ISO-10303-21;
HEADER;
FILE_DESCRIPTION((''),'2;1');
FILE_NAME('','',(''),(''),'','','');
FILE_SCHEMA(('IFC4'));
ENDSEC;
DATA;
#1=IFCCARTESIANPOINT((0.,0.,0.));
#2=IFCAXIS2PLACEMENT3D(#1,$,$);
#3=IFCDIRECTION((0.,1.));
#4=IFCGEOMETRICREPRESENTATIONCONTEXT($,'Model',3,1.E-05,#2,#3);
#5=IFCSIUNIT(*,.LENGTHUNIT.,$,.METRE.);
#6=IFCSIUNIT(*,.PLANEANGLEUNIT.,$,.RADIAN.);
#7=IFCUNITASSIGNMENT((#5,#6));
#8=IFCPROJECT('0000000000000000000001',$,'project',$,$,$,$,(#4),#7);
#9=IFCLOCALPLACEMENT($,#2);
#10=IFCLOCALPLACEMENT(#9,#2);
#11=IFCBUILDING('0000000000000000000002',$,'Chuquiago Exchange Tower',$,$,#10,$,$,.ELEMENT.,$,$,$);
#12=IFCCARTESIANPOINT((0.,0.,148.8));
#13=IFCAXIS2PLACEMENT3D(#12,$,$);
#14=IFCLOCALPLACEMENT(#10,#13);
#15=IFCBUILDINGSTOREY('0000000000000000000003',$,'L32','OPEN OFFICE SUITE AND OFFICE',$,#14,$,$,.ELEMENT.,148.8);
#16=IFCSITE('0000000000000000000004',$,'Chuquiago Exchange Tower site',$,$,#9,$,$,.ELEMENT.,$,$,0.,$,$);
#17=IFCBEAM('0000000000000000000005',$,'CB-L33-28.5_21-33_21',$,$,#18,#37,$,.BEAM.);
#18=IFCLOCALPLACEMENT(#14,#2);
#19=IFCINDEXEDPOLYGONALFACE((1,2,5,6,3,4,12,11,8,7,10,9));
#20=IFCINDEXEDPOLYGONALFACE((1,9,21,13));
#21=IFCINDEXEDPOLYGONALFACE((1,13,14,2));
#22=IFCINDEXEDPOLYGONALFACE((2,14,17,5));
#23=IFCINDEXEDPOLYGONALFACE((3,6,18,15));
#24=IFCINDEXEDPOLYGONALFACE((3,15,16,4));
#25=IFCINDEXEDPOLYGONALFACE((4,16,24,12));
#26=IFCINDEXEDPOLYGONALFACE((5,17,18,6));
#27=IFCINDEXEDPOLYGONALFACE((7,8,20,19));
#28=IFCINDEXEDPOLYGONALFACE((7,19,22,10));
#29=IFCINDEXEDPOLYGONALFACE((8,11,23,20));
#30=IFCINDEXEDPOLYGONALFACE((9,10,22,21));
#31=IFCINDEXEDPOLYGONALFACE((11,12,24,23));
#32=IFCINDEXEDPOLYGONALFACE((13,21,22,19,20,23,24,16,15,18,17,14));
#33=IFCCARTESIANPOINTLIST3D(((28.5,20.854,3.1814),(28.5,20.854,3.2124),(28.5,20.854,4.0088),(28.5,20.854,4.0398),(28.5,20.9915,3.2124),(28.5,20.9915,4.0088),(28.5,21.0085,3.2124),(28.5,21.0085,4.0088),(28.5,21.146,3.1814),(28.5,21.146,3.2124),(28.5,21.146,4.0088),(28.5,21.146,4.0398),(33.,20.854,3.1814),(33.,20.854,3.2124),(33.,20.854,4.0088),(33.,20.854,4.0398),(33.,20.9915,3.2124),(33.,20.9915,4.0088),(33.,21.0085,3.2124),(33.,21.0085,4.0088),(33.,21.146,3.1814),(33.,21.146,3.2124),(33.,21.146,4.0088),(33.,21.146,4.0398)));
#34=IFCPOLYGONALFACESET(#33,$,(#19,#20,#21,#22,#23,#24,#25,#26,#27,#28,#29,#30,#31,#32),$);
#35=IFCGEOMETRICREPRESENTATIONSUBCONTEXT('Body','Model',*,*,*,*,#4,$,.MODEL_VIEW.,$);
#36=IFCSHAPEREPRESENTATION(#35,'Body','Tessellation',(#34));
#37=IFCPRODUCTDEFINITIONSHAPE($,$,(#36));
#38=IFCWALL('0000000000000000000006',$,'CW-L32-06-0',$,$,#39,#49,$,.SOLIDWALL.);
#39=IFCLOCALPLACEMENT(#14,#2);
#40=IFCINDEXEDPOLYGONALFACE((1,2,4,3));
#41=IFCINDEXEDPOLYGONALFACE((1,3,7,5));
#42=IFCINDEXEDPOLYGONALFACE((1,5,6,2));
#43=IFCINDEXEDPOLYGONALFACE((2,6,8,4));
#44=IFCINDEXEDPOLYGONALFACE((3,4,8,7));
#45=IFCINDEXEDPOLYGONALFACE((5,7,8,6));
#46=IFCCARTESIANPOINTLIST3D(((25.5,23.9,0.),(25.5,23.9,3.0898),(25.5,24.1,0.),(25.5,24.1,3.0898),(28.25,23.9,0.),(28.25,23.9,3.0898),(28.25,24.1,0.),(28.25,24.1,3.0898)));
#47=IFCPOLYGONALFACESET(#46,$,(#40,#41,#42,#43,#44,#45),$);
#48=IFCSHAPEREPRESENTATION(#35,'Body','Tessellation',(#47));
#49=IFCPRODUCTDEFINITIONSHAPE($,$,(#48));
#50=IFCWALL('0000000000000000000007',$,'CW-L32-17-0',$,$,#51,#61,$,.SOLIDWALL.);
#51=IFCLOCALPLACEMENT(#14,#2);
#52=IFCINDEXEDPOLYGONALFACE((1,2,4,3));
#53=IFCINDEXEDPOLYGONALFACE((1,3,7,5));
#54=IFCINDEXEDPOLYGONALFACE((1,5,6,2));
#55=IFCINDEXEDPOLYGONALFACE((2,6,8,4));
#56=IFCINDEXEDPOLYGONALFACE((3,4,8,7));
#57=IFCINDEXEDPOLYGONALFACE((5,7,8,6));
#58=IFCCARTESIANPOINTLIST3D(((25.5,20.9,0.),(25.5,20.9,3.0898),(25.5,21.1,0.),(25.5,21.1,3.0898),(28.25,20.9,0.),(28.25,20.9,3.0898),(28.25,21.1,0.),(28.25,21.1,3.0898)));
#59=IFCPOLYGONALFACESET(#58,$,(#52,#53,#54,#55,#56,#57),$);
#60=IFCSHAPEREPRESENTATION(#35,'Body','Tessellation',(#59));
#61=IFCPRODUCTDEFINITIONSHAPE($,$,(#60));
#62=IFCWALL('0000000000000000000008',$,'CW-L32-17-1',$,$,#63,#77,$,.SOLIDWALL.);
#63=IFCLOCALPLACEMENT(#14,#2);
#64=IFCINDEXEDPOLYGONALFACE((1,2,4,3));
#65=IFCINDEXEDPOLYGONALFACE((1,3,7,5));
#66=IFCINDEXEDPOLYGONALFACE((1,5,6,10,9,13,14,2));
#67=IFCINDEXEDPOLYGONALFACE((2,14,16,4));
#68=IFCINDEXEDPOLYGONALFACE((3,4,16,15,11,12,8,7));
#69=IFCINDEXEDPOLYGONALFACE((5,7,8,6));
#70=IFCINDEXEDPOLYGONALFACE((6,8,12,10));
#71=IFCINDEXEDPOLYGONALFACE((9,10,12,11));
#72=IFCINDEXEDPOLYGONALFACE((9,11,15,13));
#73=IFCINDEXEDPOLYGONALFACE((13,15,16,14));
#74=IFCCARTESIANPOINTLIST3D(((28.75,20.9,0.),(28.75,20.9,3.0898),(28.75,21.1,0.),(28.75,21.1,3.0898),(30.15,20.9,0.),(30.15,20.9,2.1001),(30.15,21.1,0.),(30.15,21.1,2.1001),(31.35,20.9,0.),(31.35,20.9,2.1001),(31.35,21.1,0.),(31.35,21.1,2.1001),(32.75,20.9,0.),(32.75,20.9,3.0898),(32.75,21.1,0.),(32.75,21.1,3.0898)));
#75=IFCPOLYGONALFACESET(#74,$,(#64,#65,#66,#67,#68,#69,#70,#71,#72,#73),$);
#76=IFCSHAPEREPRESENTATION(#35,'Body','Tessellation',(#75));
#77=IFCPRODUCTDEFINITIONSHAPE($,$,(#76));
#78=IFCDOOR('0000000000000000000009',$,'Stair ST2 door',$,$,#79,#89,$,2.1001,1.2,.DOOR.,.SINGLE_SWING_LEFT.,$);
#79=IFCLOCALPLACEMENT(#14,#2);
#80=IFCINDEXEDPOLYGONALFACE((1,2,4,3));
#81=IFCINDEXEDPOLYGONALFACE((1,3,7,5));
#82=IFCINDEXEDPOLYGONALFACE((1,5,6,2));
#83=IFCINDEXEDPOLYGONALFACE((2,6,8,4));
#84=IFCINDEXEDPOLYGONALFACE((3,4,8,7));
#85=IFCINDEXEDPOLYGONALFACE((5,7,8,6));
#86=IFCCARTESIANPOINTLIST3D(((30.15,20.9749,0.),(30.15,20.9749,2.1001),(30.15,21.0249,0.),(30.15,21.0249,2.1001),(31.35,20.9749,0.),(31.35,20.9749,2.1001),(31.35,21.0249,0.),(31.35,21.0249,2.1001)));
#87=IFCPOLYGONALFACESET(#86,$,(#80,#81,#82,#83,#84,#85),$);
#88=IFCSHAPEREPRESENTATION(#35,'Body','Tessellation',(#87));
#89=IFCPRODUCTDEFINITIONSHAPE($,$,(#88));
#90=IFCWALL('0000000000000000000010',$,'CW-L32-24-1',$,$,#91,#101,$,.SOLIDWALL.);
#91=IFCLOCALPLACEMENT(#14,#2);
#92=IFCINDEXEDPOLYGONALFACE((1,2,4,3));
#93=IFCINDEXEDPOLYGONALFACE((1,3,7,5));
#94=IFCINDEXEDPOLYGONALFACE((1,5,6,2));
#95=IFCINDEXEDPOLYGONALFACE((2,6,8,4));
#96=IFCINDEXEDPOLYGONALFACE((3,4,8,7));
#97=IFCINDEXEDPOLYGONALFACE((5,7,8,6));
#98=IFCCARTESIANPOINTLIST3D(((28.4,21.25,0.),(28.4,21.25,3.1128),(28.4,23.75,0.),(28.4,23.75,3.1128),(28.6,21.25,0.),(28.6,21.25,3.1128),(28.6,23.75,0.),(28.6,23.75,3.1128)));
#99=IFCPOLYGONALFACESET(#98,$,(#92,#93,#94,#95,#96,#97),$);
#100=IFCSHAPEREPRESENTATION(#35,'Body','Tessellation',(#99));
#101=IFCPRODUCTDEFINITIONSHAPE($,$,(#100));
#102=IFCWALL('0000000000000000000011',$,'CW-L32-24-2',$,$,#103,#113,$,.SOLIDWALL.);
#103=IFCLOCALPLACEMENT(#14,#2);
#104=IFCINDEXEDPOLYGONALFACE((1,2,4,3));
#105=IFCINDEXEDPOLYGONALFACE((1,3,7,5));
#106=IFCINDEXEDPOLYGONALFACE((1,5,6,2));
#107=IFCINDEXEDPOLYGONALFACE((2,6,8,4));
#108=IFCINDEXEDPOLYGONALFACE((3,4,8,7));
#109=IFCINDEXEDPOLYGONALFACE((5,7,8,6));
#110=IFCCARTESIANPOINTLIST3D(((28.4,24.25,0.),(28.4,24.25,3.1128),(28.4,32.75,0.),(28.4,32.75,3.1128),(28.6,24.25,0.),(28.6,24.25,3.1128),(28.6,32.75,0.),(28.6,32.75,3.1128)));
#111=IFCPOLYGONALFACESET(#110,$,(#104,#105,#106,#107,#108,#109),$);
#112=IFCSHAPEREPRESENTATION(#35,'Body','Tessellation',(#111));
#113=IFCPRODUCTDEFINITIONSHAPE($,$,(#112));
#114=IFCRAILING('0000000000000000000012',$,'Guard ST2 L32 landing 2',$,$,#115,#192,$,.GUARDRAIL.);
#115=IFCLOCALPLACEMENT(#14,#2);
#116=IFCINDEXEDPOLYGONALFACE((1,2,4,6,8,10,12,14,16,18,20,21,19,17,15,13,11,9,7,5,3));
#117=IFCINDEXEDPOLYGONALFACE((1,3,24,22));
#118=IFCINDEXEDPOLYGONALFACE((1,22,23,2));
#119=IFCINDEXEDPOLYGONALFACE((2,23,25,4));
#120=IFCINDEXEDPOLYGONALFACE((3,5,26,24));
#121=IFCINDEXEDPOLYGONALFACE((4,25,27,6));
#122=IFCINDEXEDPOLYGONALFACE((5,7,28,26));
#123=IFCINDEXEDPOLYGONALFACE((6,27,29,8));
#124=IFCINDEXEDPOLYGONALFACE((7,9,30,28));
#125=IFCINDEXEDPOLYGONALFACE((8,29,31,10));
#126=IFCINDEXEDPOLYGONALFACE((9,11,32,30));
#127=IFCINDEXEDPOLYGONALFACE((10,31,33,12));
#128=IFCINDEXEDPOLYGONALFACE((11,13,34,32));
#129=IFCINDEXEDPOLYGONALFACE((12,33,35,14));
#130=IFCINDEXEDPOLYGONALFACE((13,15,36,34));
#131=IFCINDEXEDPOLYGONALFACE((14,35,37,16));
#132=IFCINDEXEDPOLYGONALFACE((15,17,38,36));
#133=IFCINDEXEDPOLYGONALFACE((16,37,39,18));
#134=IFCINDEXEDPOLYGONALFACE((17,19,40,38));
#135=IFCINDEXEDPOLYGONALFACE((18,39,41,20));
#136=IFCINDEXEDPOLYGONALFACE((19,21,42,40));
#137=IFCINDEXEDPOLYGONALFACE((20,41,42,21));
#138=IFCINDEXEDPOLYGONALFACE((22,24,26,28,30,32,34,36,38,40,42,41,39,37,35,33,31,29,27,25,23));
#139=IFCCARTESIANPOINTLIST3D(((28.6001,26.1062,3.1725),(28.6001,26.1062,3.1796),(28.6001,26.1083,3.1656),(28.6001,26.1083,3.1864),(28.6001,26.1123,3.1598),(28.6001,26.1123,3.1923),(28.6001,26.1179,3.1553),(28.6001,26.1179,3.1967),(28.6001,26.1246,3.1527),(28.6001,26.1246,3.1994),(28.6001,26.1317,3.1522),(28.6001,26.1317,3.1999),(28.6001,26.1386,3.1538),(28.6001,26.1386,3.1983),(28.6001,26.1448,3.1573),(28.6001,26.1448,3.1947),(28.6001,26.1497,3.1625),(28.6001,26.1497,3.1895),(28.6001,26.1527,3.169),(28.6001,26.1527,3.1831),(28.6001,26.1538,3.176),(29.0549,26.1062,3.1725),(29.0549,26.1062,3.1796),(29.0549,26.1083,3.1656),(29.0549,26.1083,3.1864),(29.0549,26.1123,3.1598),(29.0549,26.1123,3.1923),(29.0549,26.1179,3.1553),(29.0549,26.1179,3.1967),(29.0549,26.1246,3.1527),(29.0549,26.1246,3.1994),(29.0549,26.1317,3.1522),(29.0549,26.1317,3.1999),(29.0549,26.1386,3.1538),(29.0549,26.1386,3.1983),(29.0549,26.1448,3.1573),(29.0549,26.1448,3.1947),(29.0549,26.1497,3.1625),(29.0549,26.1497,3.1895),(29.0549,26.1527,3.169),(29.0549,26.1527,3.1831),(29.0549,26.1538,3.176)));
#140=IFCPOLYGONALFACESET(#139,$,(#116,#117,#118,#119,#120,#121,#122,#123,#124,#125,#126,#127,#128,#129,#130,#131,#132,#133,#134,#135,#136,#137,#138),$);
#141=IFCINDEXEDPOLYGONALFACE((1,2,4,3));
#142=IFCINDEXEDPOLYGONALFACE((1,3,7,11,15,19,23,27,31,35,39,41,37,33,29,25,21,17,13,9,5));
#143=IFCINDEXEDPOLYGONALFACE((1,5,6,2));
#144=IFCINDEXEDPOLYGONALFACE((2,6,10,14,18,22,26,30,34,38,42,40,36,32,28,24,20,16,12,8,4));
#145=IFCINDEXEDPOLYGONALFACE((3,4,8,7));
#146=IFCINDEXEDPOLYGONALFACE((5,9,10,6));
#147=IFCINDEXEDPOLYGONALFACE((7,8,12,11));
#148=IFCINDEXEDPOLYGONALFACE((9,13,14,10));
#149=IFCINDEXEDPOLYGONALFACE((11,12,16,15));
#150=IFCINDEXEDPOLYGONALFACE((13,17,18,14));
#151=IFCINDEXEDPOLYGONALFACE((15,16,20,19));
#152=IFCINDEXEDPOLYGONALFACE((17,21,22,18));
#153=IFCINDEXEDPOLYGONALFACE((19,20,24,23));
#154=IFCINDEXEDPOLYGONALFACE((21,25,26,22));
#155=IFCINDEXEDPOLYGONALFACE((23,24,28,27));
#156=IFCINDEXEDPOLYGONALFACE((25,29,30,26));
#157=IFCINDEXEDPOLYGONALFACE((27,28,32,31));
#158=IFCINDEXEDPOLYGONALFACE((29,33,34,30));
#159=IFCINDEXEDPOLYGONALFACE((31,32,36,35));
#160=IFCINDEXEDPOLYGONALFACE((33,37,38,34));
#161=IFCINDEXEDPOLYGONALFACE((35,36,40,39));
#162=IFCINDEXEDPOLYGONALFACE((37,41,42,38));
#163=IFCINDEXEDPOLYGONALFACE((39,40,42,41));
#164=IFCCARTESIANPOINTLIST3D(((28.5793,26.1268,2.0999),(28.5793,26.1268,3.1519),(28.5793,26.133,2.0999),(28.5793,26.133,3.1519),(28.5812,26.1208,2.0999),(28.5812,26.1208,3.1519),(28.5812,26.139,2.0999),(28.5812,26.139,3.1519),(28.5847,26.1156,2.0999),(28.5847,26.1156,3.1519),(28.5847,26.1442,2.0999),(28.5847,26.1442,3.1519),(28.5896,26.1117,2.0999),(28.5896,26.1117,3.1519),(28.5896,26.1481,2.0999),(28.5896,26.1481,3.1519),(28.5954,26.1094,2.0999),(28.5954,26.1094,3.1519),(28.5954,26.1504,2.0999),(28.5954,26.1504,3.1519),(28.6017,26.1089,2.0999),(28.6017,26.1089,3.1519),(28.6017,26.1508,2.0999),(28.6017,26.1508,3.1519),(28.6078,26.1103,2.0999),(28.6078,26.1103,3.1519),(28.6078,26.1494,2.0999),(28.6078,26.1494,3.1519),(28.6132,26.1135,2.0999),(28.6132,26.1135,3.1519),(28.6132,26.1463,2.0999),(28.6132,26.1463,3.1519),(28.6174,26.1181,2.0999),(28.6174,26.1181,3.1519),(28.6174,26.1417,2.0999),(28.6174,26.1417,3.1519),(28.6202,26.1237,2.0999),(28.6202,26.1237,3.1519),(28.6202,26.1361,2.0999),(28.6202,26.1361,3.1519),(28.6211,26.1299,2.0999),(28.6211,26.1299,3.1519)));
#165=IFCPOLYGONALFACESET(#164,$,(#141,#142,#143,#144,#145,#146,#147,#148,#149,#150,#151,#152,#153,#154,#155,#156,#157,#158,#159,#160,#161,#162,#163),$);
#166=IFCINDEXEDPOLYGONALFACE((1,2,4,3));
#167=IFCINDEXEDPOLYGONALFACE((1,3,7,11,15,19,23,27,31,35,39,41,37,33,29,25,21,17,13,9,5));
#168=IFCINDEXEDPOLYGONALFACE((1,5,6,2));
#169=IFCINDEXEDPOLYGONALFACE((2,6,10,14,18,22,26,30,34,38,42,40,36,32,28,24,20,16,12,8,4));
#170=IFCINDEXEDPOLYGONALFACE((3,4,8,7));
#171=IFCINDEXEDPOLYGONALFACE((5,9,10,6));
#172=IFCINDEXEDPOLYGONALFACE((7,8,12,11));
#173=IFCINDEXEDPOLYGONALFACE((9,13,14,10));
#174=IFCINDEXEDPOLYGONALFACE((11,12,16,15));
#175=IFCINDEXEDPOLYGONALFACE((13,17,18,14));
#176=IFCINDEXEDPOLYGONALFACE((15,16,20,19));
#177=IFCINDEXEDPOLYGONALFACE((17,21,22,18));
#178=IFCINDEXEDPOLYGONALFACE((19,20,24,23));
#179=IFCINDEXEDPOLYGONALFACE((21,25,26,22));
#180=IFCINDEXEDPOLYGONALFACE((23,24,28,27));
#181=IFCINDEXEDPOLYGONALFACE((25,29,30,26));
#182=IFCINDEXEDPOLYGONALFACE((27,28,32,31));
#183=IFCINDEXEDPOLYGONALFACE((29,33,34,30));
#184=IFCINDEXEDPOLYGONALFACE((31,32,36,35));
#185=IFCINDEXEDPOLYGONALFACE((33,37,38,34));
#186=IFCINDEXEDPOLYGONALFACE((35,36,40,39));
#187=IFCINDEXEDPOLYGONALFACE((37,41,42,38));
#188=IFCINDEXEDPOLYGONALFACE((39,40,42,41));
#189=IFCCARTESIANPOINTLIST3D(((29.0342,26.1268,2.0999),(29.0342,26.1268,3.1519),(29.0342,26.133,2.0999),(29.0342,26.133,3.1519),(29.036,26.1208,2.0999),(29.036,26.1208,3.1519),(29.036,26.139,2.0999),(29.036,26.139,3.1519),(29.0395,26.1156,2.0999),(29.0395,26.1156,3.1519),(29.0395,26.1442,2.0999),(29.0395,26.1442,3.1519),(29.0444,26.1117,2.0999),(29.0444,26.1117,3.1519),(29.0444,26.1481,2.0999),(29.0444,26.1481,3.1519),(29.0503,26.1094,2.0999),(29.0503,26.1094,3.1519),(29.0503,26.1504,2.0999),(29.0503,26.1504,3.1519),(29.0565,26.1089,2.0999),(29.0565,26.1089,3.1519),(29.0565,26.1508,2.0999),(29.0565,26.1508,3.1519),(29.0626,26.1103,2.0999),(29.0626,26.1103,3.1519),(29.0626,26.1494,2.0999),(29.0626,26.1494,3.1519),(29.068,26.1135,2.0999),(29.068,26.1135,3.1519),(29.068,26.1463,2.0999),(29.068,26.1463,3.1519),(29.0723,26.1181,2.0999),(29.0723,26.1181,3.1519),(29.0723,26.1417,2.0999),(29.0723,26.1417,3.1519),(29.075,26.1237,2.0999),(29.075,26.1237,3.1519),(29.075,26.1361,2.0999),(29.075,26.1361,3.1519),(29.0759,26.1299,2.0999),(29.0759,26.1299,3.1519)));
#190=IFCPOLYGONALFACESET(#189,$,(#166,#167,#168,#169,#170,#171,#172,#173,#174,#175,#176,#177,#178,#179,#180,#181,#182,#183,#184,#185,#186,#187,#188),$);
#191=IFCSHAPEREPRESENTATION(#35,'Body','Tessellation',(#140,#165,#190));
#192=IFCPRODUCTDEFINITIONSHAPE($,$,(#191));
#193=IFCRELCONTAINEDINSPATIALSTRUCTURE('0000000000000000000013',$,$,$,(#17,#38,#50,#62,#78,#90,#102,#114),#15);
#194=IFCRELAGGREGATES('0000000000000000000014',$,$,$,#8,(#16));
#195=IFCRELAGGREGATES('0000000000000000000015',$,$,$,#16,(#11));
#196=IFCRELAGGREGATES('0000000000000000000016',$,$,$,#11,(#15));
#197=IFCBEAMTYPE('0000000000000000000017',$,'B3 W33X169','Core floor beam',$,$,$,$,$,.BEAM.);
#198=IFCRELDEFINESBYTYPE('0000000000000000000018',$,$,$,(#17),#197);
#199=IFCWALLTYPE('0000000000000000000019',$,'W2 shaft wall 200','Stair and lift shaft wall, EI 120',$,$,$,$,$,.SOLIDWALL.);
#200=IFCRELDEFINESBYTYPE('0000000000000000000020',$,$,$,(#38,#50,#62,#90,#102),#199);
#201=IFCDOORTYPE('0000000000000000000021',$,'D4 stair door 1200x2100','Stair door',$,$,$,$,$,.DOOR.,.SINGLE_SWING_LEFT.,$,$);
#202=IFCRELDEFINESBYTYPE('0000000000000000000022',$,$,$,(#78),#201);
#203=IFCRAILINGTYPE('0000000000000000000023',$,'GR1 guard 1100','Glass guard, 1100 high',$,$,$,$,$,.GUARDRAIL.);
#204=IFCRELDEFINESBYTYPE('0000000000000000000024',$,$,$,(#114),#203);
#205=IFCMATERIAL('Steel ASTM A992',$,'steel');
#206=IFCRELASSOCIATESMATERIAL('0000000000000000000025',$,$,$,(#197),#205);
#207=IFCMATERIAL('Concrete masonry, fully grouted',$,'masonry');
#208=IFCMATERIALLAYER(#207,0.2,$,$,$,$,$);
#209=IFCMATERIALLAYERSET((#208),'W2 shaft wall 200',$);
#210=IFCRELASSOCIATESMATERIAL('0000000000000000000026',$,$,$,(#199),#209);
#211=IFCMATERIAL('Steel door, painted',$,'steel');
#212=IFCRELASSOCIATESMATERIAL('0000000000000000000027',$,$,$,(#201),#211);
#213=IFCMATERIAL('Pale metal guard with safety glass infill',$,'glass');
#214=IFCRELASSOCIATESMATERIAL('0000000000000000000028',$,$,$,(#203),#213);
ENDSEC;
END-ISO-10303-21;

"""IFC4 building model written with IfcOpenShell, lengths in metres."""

from ifc_helpers import new_model, si_unit, direction, frame, frame_2d, origin, origin_2d, place, context, subcontext, project, spatial, rectangle, circle, i_section, extrude, material, layer, layer_set, material_profile, profile_set, type_object, element, fill, save


model = new_model("IFC4")

# Units and contexts
model_context = context("Model", 3, precision=1e-05, world=origin(), true_north=direction((0.0, 1.0)))
body_context = subcontext(model_context, "Body", "Model", "MODEL_VIEW")
ifc_project = project(units=[si_unit("LENGTHUNIT", "METRE"), si_unit("PLANEANGLEUNIT", "RADIAN")], contexts=[model_context])

# Site, building, storey
site_placement = place(None, origin())
site = spatial("IfcSite", under=ifc_project, at=site_placement, Name="Chuquiago Exchange Tower site", CompositionType="ELEMENT", RefElevation=0.0)
building_placement = place(site_placement, origin())
building = spatial("IfcBuilding", under=site, at=building_placement, Name="Chuquiago Exchange Tower", CompositionType="ELEMENT")
storey_placement = place(building_placement, frame((0.0, 0.0, 148.8)))
storey = spatial("IfcBuildingStorey", under=building, at=storey_placement, Name="L32", Description="OPEN OFFICE SUITE AND OFFICE", CompositionType="ELEMENT", Elevation=148.8)

# Beam
ifc_material_1 = material(Name="Steel ASTM A992", Category="steel")
ifc_material_profile_1 = material_profile(ifc_material_1, i_section(OverallWidth=0.292, OverallDepth=0.8584, WebThickness=0.0171, FlangeThickness=0.031, at=origin_2d()), Name="W33X169")
ifc_profile_set_1 = profile_set([ifc_material_profile_1], Name="Steel ASTM A992")
beam_type_1 = type_object("IfcBeamType", Name="B3 W33X169", Description="Core floor beam", PredefinedType="BEAM", material=ifc_profile_set_1)
beam_1_placement = place(storey_placement, frame((28.5, 21.0, 3.6106), z_axis=(1.0, 0.0, 0.0), x_axis=(0.0, 1.0, 0.0)))
element("IfcBeam", 1, at=beam_1_placement, inside=storey, type_object=beam_type_1, Name="CB-L33-28.5_21-33_21", PredefinedType="BEAM", context=body_context, shape_type="SweptSolid", body=[
    extrude(i_section(OverallWidth=0.292, OverallDepth=0.8584, WebThickness=0.0171, FlangeThickness=0.031, at=origin_2d()), origin(), (0.0, 0.0, 1.0), 4.5),
])

# Walls
ifc_material_2 = material(Name="Concrete masonry, fully grouted", Category="masonry")
ifc_layer = layer(ifc_material_2, 0.2)
ifc_layer_set = layer_set([ifc_layer], Name="W2 shaft wall 200")
wall_type = type_object("IfcWallType", Name="W2 shaft wall 200", Description="Stair and lift shaft wall, EI 120", PredefinedType="SOLIDWALL", material=ifc_layer_set)
for number, where, z_axis, x_axis, name in (
    (2, (25.5, 24.0, 0.0), (0.0, 0.0, 1.0), (1.0, 0.0, 0.0), "CW-L32-06-0"),
    (3, (25.5, 21.0, 0.0), (0.0, 0.0, 1.0), (1.0, 0.0, 0.0), "CW-L32-17-0"),
):
    element("IfcWall", number, at=place(storey_placement, frame(where, z_axis=z_axis, x_axis=x_axis)), inside=storey, type_object=wall_type, Name=name, PredefinedType="SOLIDWALL", context=body_context, shape_type="SweptSolid", body=[
        extrude(rectangle(XDim=2.75, YDim=0.2, at=frame_2d((1.375, 0.0))), origin(), (0.0, 0.0, 1.0), 3.0898),
    ])

# Wall, opening, door
wall_1_placement = place(storey_placement, frame((28.75, 21.0, 0.0), z_axis=(0.0, 0.0, 1.0), x_axis=(1.0, 0.0, 0.0)))
wall_1 = element("IfcWall", 4, at=wall_1_placement, inside=storey, type_object=wall_type, Name="CW-L32-17-1", PredefinedType="SOLIDWALL", context=body_context, shape_type="SweptSolid", body=[
    extrude(rectangle(XDim=4.0, YDim=0.2, at=frame_2d((2.0, 0.0))), origin(), (0.0, 0.0, 1.0), 3.0898),
])
opening_placement = place(wall_1_placement, frame((1.3999, 0.0, 0.0)))
opening = element("IfcOpeningElement", 5, at=opening_placement, cuts=wall_1, PredefinedType="OPENING", context=body_context, shape_type="SweptSolid", body=[
    extrude(rectangle(XDim=1.2, YDim=2.1001, at=frame_2d((0.6001, 1.05))), frame((0.0, 0.1099, 0.0), z_axis=(0.0, -1.0, 0.0), x_axis=(1.0, 0.0, 0.0)), (0.0, 0.0, 1.0), 0.22),
])
ifc_material_3 = material(Name="Steel door, painted", Category="steel")
door_type = type_object("IfcDoorType", Name="D4 stair door 1200x2100", Description="Stair door", OperationType="SINGLE_SWING_LEFT", PredefinedType="DOOR", material=ifc_material_3)
door_placement = place(opening_placement, origin())
door = element("IfcDoor", 6, at=door_placement, inside=storey, type_object=door_type, Name="Stair ST2 door", OperationType="SINGLE_SWING_LEFT", OverallHeight=2.1001, OverallWidth=1.2, PredefinedType="DOOR", context=body_context, shape_type="SweptSolid", body=[
    extrude(rectangle(XDim=1.2, YDim=2.1001, at=frame_2d((0.6001, 1.05))), frame((0.0, 0.0249, 0.0), z_axis=(0.0, -1.0, 0.0), x_axis=(1.0, 0.0, 0.0)), (0.0, 0.0, 1.0), 0.05),
])
fill(opening, door)

# Walls
wall_2_placement = place(storey_placement, frame((28.5, 21.25, 0.0), z_axis=(0.0, 0.0, 1.0), x_axis=(0.0, 1.0, 0.0)))
element("IfcWall", 7, at=wall_2_placement, inside=storey, type_object=wall_type, Name="CW-L32-24-1", PredefinedType="SOLIDWALL", context=body_context, shape_type="SweptSolid", body=[
    extrude(rectangle(XDim=2.5, YDim=0.2, at=frame_2d((1.25, 0.0))), origin(), (0.0, 0.0, 1.0), 3.1128),
])
wall_3_placement = place(storey_placement, frame((28.5, 24.25, 0.0), z_axis=(0.0, 0.0, 1.0), x_axis=(0.0, 1.0, 0.0)))
element("IfcWall", 8, at=wall_3_placement, inside=storey, type_object=wall_type, Name="CW-L32-24-2", PredefinedType="SOLIDWALL", context=body_context, shape_type="SweptSolid", body=[
    extrude(rectangle(XDim=8.5, YDim=0.2, at=frame_2d((4.25, 0.0))), origin(), (0.0, 0.0, 1.0), 3.1128),
])

# Railing
ifc_material_4 = material(Name="Pale metal guard with safety glass infill", Category="glass")
railing_type_1 = type_object("IfcRailingType", Name="GR1 guard 1100", Description="Glass guard, 1100 high", PredefinedType="GUARDRAIL", material=ifc_material_4)
railing_1_placement = place(storey_placement, frame((28.6001, 26.1299, 2.0999)))
element("IfcRailing", 9, at=railing_1_placement, inside=storey, type_object=railing_type_1, Name="Guard ST2 L32 landing 2", PredefinedType="GUARDRAIL", context=body_context, shape_type="SweptSolid", body=[
    extrude(circle(Radius=0.0239, at=origin_2d()), frame((0.0, 0.0, 1.0762), z_axis=(1.0, 0.0, 0.0), x_axis=(0.0, 1.0, 0.0)), (0.0, 0.0, 1.0), 0.4548),
    extrude(circle(Radius=0.021, at=origin_2d()), origin(), (0.0, 0.0, 1.0), 1.052),
    extrude(circle(Radius=0.021, at=origin_2d()), frame((0.4548, 0.0, 0.0)), (0.0, 0.0, 1.0), 1.052),
])

save(model, "model.ifc")
